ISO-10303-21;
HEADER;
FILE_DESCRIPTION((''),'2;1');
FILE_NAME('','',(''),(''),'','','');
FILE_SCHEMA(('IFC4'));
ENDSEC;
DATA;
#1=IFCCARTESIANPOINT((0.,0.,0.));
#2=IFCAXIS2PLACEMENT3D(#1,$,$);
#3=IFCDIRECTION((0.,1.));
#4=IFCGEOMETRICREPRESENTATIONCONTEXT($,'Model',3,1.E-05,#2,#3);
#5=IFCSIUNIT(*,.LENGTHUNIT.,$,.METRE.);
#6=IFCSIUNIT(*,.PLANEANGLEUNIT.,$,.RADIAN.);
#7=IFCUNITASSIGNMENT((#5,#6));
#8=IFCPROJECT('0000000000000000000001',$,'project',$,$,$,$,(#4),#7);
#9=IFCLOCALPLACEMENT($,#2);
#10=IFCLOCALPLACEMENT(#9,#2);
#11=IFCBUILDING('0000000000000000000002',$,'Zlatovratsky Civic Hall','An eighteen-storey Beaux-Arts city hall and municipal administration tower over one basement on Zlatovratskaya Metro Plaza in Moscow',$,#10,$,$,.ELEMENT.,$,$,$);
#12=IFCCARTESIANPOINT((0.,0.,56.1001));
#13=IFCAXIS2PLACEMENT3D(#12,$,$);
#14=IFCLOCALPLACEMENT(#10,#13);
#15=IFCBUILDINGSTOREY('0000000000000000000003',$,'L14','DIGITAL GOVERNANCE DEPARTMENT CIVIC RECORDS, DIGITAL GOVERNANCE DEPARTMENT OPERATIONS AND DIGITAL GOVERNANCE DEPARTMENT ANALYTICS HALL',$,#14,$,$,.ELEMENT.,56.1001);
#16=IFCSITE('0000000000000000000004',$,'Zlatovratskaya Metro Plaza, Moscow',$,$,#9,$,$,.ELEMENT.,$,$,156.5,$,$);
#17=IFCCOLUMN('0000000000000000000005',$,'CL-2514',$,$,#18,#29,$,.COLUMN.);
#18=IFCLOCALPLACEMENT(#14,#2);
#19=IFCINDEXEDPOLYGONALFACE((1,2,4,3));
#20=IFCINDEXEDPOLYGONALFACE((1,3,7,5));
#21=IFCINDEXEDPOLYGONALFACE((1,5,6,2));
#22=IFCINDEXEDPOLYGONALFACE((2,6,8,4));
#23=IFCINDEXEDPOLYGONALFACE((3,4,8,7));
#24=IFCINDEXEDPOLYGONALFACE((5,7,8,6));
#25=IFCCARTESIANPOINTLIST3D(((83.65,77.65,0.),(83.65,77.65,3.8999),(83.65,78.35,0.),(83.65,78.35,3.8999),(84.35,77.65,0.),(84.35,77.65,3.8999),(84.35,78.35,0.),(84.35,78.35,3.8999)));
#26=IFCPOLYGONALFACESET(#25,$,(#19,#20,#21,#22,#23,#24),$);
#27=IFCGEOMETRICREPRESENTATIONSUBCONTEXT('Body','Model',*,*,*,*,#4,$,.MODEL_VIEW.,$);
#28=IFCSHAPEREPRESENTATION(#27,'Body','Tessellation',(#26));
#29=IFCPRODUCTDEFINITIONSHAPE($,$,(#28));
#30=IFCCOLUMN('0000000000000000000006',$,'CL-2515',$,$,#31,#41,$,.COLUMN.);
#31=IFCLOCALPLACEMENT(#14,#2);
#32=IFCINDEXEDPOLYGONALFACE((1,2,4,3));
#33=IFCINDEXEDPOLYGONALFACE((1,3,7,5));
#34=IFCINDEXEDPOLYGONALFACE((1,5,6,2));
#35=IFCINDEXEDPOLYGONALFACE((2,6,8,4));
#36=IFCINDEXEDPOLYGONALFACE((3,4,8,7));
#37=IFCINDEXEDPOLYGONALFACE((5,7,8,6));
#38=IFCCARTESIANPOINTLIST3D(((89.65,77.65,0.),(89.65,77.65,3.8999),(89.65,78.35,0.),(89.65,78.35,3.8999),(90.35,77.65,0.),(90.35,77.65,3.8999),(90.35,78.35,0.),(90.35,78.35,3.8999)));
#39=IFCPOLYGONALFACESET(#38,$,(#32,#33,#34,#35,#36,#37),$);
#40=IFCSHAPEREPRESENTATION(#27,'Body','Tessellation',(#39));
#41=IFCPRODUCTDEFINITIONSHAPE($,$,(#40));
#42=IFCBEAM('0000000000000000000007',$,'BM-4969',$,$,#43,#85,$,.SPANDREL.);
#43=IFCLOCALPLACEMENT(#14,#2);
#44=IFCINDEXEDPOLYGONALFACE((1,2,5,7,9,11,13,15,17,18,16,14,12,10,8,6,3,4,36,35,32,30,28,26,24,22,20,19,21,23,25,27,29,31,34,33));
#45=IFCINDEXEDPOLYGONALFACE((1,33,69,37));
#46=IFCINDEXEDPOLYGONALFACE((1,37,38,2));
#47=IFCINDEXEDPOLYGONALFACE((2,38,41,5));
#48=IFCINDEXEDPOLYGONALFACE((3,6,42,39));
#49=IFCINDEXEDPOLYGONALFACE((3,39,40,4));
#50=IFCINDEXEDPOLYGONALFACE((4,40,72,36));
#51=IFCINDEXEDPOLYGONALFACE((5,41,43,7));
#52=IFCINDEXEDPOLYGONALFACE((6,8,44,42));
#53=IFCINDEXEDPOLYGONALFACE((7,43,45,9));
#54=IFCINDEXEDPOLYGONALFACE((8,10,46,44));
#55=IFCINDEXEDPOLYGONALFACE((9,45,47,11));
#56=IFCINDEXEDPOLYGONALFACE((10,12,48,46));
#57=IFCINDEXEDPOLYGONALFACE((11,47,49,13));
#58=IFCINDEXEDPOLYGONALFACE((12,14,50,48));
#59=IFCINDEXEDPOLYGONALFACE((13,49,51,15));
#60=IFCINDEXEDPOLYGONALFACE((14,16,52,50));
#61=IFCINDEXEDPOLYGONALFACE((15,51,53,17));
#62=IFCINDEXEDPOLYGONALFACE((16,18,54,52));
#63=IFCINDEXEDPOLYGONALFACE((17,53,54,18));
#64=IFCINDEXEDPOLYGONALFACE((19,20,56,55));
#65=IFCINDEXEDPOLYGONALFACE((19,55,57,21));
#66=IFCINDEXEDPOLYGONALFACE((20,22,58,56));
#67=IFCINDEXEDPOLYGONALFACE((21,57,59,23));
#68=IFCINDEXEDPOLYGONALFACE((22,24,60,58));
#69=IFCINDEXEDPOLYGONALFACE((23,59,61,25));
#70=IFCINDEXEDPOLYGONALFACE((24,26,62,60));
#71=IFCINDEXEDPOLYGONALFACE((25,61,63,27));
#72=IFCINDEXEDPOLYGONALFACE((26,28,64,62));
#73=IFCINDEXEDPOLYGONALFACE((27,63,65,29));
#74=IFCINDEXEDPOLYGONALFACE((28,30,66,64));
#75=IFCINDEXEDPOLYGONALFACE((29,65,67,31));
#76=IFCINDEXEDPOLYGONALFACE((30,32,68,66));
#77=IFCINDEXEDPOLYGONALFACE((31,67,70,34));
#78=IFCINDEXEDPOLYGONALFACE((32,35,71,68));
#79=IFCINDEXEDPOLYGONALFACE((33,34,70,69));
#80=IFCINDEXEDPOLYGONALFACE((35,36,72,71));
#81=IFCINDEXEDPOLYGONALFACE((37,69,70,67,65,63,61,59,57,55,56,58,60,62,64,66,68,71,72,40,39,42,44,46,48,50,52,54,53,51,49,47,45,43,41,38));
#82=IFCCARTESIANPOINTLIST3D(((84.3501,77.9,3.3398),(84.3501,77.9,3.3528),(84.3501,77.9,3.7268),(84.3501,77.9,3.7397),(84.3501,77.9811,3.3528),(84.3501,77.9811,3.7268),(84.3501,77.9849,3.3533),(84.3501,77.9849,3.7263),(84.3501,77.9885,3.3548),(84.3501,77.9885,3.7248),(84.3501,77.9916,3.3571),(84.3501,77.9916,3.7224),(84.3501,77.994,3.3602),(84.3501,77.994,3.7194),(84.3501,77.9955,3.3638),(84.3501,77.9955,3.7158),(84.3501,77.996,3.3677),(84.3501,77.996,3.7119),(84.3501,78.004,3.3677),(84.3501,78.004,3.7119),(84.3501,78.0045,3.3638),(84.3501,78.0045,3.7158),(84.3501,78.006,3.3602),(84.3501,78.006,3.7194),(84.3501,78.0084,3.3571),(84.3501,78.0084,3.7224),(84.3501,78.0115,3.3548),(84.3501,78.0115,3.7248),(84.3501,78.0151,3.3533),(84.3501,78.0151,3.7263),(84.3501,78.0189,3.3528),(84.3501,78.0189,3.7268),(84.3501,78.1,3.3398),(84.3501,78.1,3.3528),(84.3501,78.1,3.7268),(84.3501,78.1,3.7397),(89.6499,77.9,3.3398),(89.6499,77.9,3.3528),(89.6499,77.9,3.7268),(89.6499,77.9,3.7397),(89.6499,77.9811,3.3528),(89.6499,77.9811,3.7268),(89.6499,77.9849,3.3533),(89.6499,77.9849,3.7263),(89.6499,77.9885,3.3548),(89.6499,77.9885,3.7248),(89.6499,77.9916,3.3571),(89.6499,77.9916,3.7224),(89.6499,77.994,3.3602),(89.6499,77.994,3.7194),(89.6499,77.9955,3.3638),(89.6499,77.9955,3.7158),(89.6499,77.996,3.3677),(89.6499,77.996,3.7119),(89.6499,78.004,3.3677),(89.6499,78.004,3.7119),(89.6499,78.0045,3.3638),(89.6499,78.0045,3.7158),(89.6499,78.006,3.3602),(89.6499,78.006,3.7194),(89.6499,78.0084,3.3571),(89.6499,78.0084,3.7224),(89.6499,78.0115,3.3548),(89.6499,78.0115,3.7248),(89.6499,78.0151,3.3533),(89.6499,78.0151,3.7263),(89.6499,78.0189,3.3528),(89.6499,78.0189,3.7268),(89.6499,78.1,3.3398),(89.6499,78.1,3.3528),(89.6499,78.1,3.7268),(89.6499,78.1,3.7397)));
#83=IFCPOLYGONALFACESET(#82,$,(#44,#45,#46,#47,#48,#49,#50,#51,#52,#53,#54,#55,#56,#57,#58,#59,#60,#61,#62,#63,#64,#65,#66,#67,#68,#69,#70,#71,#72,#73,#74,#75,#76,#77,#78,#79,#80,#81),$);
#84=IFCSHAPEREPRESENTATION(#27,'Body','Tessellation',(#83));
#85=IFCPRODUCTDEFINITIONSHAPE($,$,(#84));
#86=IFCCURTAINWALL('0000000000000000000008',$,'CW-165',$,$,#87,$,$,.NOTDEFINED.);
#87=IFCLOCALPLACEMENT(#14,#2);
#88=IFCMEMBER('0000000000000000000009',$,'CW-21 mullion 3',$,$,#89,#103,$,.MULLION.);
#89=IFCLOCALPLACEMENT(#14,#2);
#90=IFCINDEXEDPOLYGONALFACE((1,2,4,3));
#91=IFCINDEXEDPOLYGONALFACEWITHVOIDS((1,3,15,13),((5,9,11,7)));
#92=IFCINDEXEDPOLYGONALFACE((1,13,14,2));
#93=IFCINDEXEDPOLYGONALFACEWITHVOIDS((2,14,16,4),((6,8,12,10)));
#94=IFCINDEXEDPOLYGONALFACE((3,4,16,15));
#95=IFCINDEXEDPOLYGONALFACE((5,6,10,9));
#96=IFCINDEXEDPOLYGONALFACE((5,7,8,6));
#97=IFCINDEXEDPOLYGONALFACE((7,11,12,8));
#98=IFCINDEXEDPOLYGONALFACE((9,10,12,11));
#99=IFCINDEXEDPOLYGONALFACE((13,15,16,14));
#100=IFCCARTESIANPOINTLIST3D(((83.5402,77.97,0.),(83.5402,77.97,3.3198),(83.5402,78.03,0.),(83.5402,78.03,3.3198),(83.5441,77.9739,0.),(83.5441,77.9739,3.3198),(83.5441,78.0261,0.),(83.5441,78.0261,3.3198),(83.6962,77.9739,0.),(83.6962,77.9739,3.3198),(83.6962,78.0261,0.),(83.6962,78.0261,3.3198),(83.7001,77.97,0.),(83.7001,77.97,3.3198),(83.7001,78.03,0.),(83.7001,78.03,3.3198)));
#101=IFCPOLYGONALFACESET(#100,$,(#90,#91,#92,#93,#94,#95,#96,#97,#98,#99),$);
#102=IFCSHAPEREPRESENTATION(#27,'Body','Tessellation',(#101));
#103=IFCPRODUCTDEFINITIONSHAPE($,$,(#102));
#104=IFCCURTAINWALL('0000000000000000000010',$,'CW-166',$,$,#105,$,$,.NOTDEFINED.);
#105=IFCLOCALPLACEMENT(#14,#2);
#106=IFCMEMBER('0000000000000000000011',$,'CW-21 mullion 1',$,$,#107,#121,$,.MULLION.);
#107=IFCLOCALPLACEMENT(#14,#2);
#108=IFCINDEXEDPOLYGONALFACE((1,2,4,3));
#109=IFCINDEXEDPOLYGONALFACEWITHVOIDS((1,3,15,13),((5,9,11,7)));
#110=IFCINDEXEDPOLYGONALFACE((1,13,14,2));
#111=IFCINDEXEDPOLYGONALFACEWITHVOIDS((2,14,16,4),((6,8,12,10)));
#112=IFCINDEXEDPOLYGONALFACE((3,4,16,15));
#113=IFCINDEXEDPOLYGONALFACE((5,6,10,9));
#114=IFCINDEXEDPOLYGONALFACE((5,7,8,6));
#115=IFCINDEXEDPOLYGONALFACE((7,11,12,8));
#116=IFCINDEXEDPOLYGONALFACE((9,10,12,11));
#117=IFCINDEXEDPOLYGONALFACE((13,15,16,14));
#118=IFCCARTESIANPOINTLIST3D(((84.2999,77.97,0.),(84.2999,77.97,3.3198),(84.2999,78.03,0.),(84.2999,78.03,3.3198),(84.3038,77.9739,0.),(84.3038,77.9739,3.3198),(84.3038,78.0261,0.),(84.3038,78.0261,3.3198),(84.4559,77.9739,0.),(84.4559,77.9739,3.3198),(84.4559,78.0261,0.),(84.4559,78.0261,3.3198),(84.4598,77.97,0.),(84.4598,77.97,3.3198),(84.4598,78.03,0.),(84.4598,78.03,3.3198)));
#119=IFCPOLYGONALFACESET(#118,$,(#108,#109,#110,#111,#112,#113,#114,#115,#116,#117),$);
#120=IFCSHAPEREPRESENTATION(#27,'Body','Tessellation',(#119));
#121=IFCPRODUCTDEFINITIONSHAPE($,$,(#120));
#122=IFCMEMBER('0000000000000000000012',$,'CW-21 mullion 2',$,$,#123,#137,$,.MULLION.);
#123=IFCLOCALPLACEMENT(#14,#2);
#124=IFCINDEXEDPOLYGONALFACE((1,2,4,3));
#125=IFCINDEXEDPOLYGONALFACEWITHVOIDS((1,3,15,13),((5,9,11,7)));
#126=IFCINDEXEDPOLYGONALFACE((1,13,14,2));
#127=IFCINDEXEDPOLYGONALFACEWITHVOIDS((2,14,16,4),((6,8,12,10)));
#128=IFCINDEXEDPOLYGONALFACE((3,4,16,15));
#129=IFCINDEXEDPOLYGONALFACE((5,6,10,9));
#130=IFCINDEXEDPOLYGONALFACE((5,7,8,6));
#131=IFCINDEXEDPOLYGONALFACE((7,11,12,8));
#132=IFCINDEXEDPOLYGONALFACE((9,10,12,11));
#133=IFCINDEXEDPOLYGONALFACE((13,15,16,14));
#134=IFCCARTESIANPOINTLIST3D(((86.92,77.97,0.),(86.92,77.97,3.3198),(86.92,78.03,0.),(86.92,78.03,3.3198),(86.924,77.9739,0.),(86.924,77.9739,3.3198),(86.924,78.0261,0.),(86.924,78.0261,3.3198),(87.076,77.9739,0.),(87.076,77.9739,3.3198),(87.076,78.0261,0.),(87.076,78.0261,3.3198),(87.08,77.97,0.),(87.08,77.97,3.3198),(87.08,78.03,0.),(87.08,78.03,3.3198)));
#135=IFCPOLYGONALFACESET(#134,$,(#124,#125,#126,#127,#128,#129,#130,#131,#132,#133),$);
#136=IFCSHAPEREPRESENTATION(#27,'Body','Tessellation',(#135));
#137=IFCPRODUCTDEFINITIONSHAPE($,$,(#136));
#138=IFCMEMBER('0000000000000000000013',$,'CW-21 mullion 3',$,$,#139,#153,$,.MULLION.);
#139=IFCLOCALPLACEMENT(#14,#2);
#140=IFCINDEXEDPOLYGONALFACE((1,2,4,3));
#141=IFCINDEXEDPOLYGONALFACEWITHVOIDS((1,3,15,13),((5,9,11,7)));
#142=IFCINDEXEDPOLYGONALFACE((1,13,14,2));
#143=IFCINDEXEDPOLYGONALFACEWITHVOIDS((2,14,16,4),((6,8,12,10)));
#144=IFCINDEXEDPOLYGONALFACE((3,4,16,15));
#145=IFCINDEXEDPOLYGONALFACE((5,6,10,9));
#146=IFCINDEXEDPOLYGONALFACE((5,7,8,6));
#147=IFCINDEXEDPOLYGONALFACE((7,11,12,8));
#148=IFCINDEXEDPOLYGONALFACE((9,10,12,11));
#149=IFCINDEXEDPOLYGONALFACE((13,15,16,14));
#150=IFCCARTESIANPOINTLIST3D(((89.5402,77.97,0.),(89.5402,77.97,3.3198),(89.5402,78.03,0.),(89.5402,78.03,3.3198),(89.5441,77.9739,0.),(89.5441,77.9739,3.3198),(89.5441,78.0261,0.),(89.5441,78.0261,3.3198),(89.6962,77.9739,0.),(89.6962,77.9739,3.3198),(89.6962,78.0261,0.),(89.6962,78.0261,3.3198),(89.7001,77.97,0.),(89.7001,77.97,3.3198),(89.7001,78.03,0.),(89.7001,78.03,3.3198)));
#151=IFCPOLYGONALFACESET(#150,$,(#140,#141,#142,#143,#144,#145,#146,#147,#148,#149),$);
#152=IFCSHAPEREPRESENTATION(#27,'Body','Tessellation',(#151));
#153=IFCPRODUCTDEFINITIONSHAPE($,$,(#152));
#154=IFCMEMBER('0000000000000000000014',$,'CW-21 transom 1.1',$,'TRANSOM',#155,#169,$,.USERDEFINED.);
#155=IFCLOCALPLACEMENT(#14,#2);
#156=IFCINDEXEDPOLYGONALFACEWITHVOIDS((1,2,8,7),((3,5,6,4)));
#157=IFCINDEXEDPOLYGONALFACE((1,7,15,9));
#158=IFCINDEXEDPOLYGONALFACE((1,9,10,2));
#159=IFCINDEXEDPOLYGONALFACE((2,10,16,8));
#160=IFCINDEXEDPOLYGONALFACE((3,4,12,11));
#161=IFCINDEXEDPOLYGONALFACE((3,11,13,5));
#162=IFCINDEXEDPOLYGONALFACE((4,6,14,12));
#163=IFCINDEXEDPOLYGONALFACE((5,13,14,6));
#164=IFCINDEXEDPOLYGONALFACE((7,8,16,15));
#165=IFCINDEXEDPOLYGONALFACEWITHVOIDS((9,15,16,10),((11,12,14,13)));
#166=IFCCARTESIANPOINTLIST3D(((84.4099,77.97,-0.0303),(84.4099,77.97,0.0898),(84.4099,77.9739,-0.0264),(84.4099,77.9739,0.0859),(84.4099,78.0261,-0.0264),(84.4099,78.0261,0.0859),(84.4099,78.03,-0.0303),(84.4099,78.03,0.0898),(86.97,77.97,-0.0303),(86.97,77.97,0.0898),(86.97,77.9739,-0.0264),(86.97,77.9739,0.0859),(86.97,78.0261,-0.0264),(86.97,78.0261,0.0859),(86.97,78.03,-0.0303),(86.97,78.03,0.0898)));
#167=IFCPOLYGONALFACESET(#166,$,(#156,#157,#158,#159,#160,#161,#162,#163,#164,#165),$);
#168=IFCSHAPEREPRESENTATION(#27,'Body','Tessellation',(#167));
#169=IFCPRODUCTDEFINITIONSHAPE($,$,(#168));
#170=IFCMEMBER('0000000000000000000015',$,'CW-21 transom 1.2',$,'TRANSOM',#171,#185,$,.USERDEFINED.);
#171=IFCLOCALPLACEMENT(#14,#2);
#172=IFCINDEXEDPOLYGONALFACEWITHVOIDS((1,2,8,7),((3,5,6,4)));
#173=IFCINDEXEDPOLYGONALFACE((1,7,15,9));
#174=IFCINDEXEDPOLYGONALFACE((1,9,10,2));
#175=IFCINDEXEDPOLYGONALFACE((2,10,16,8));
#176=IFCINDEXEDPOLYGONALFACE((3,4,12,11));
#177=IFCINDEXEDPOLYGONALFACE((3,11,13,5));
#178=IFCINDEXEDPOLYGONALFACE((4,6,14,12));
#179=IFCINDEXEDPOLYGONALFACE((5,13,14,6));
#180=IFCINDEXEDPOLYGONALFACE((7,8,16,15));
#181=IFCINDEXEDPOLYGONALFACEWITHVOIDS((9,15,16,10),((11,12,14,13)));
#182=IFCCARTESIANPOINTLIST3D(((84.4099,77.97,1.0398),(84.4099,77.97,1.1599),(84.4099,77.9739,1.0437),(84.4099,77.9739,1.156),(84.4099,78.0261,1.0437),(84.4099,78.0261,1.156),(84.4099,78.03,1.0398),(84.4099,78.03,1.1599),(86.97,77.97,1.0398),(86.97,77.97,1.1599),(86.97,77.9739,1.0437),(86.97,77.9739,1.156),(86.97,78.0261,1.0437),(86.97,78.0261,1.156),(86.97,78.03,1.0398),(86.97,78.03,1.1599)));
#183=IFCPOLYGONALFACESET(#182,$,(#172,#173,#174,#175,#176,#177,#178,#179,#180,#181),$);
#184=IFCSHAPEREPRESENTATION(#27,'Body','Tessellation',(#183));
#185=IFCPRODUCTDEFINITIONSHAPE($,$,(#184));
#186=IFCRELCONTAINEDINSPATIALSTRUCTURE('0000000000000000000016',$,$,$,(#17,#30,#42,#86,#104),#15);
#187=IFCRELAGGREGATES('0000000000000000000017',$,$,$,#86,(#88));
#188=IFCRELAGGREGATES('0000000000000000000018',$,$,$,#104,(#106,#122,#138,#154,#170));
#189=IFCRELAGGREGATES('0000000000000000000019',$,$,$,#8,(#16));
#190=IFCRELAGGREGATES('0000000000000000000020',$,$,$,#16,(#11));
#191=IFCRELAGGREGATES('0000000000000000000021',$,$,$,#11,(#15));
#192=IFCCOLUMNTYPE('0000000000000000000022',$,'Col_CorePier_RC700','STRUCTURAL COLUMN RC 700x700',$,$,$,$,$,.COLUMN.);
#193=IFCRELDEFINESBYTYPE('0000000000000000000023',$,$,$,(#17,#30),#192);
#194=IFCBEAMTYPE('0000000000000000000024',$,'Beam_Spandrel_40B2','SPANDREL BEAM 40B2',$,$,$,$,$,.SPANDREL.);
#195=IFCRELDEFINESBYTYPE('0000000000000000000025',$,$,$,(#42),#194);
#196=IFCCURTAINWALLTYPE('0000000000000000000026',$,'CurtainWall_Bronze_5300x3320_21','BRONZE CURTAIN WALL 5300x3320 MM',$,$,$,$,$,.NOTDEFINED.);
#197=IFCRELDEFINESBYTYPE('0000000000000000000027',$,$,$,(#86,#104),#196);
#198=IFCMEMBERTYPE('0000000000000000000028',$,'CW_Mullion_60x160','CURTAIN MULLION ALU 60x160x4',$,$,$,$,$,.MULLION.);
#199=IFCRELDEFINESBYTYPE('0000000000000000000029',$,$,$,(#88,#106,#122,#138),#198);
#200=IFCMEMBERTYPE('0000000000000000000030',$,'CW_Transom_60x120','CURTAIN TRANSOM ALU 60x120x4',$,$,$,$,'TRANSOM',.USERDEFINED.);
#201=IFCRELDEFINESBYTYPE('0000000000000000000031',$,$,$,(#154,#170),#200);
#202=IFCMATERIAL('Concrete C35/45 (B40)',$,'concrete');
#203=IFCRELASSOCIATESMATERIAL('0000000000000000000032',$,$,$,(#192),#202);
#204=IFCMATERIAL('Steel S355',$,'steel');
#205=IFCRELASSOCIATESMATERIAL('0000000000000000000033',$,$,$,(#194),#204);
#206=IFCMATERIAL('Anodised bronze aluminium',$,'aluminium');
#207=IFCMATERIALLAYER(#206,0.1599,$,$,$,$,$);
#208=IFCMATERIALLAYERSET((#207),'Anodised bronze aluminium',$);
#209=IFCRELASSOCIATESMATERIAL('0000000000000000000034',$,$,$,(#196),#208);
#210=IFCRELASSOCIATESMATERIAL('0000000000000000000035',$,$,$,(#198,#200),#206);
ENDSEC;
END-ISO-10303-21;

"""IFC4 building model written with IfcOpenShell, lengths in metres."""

from ifc_helpers import new_model, si_unit, direction, frame, origin, origin_2d, place, context, subcontext, project, spatial, rectangle, hollow_rectangle, i_section, extrude, material, layer, layer_set, material_profile, profile_set, type_object, element, aggregate, save


model = new_model("IFC4")

# Units and contexts
model_context = context("Model", 3, precision=1e-05, world=origin(), true_north=direction((0.0, 1.0)))
body_context = subcontext(model_context, "Body", "Model", "MODEL_VIEW")
ifc_project = project(units=[si_unit("LENGTHUNIT", "METRE"), si_unit("PLANEANGLEUNIT", "RADIAN")], contexts=[model_context])

# Site, building, storey
site_placement = place(None, origin())
site = spatial("IfcSite", under=ifc_project, at=site_placement, Name="Zlatovratskaya Metro Plaza, Moscow", CompositionType="ELEMENT", RefElevation=156.5)
building_placement = place(site_placement, origin())
building = spatial("IfcBuilding", under=site, at=building_placement, Name="Zlatovratsky Civic Hall", Description="An eighteen-storey Beaux-Arts city hall and municipal administration tower over one basement on Zlatovratskaya Metro Plaza in Moscow", CompositionType="ELEMENT")
storey_placement = place(building_placement, frame((0.0, 0.0, 56.1001)))
storey = spatial("IfcBuildingStorey", under=building, at=storey_placement, Name="L14", Description="DIGITAL GOVERNANCE DEPARTMENT CIVIC RECORDS, DIGITAL GOVERNANCE DEPARTMENT OPERATIONS AND DIGITAL GOVERNANCE DEPARTMENT ANALYTICS HALL", CompositionType="ELEMENT", Elevation=56.1001)

# Columns
ifc_material_1 = material(Name="Concrete C35/45 (B40)", Category="concrete")
ifc_material_profile_1 = material_profile(ifc_material_1, rectangle(XDim=0.7, YDim=0.7, at=origin_2d()), Name="RC 700x700")
ifc_profile_set_1 = profile_set([ifc_material_profile_1], Name="Concrete C35/45 (B40)")
column_type = type_object("IfcColumnType", Name="Col_CorePier_RC700", Description="STRUCTURAL COLUMN RC 700x700", PredefinedType="COLUMN", material=ifc_profile_set_1)
for number, where, z_axis, x_axis, name in (
    (1, (84.0, 78.0, 0.0), (0.0, 0.0, 1.0), (1.0, 0.0, 0.0), "CL-2514"),
    (2, (90.0, 78.0, 0.0), (0.0, 0.0, 1.0), (1.0, 0.0, 0.0), "CL-2515"),
):
    element("IfcColumn", number, at=place(storey_placement, frame(where, z_axis=z_axis, x_axis=x_axis)), inside=storey, type_object=column_type, Name=name, PredefinedType="COLUMN", context=body_context, shape_type="SweptSolid", body=[
        extrude(rectangle(XDim=0.7, YDim=0.7, at=origin_2d()), origin(), (0.0, 0.0, 1.0), 3.8999),
    ])

# Beam
ifc_material_2 = material(Name="Steel S355", Category="steel")
ifc_material_profile_2 = material_profile(ifc_material_2, i_section(OverallWidth=0.2, OverallDepth=0.3999, WebThickness=0.0081, FlangeThickness=0.0129, FilletRadius=0.0149, at=origin_2d()), Name="40B2")
ifc_profile_set_2 = profile_set([ifc_material_profile_2], Name="Steel S355")
beam_type = type_object("IfcBeamType", Name="Beam_Spandrel_40B2", Description="SPANDREL BEAM 40B2", PredefinedType="SPANDREL", material=ifc_profile_set_2)
beam_placement = place(storey_placement, frame((84.3501, 78.0, 3.5398), z_axis=(1.0, 0.0, 0.0), x_axis=(0.0, 1.0, 0.0)))
element("IfcBeam", 3, at=beam_placement, inside=storey, type_object=beam_type, Name="BM-4969", PredefinedType="SPANDREL", context=body_context, shape_type="SweptSolid", body=[
    extrude(i_section(OverallWidth=0.2, OverallDepth=0.3999, WebThickness=0.0081, FlangeThickness=0.0129, FilletRadius=0.0149, at=origin_2d()), origin(), (0.0, 0.0, 1.0), 5.2998),
])

# Curtain wall, member
ifc_material_3 = material(Name="Anodised bronze aluminium", Category="aluminium")
ifc_layer_1 = layer(ifc_material_3, 0.1599)
ifc_layer_set_1 = layer_set([ifc_layer_1], Name="Anodised bronze aluminium")
curtain_wall_type = type_object("IfcCurtainWallType", Name="CurtainWall_Bronze_5300x3320_21", Description="BRONZE CURTAIN WALL 5300x3320 MM", PredefinedType="NOTDEFINED", material=ifc_layer_set_1)
curtain_wall_1_placement = place(storey_placement, origin())
curtain_wall_1 = element("IfcCurtainWall", 4, at=curtain_wall_1_placement, inside=storey, type_object=curtain_wall_type, Name="CW-165", PredefinedType="NOTDEFINED")
ifc_material_profile_3 = material_profile(ifc_material_3, hollow_rectangle(XDim=0.0601, YDim=0.1599, WallThickness=0.0039, at=origin_2d()), Name="ALU 60x160x4")
ifc_profile_set_3 = profile_set([ifc_material_profile_3], Name="Anodised bronze aluminium")
member_type_1 = type_object("IfcMemberType", Name="CW_Mullion_60x160", Description="CURTAIN MULLION ALU 60x160x4", PredefinedType="MULLION", material=ifc_profile_set_3)
member_1_placement = place(storey_placement, frame((83.6201, 78.0, 0.0), z_axis=(0.0, 0.0, 1.0), x_axis=(0.0, 1.0, 0.0)))
member_1 = element("IfcMember", 5, at=member_1_placement, type_object=member_type_1, Name="CW-21 mullion 3", PredefinedType="MULLION", context=body_context, shape_type="SweptSolid", body=[
    extrude(hollow_rectangle(XDim=0.0601, YDim=0.1599, WallThickness=0.0039, at=origin_2d()), origin(), (0.0, 0.0, 1.0), 3.3198),
])

# Curtain wall, members
curtain_wall_2_placement = place(storey_placement, origin())
curtain_wall_2 = element("IfcCurtainWall", 6, at=curtain_wall_2_placement, inside=storey, type_object=curtain_wall_type, Name="CW-166", PredefinedType="NOTDEFINED")
member_2_placement = place(storey_placement, frame((84.3799, 78.0, 0.0), z_axis=(0.0, 0.0, 1.0), x_axis=(0.0, 1.0, 0.0)))
member_2 = element("IfcMember", 7, at=member_2_placement, type_object=member_type_1, Name="CW-21 mullion 1", PredefinedType="MULLION", context=body_context, shape_type="SweptSolid", body=[
    extrude(hollow_rectangle(XDim=0.0601, YDim=0.1599, WallThickness=0.0039, at=origin_2d()), origin(), (0.0, 0.0, 1.0), 3.3198),
])
member_3_placement = place(storey_placement, frame((87.0, 78.0, 0.0), z_axis=(0.0, 0.0, 1.0), x_axis=(0.0, 1.0, 0.0)))
member_3 = element("IfcMember", 8, at=member_3_placement, type_object=member_type_1, Name="CW-21 mullion 2", PredefinedType="MULLION", context=body_context, shape_type="SweptSolid", body=[
    extrude(hollow_rectangle(XDim=0.0601, YDim=0.1599, WallThickness=0.0039, at=origin_2d()), origin(), (0.0, 0.0, 1.0), 3.3198),
])
member_4_placement = place(storey_placement, frame((89.6201, 78.0, 0.0), z_axis=(0.0, 0.0, 1.0), x_axis=(0.0, 1.0, 0.0)))
member_4 = element("IfcMember", 9, at=member_4_placement, type_object=member_type_1, Name="CW-21 mullion 3", PredefinedType="MULLION", context=body_context, shape_type="SweptSolid", body=[
    extrude(hollow_rectangle(XDim=0.0601, YDim=0.1599, WallThickness=0.0039, at=origin_2d()), origin(), (0.0, 0.0, 1.0), 3.3198),
])
ifc_material_profile_4 = material_profile(ifc_material_3, hollow_rectangle(XDim=0.0601, YDim=0.1201, WallThickness=0.0039, at=origin_2d()), Name="ALU 60x120x4")
ifc_profile_set_4 = profile_set([ifc_material_profile_4], Name="Anodised bronze aluminium")
member_type_2 = type_object("IfcMemberType", Name="CW_Transom_60x120", Description="CURTAIN TRANSOM ALU 60x120x4", ElementType="TRANSOM", PredefinedType="USERDEFINED", material=ifc_profile_set_4)
member_5_placement = place(storey_placement, frame((84.4099, 78.0, 0.0298), z_axis=(1.0, 0.0, 0.0), x_axis=(0.0, 1.0, 0.0)))
member_5 = element("IfcMember", 10, at=member_5_placement, type_object=member_type_2, Name="CW-21 transom 1.1", ObjectType="TRANSOM", PredefinedType="USERDEFINED", context=body_context, shape_type="SweptSolid", body=[
    extrude(hollow_rectangle(XDim=0.0601, YDim=0.1201, WallThickness=0.0039, at=origin_2d()), origin(), (0.0, 0.0, 1.0), 2.5601),
])
member_6_placement = place(storey_placement, frame((84.4099, 78.0, 1.0999), z_axis=(1.0, 0.0, 0.0), x_axis=(0.0, 1.0, 0.0)))
member_6 = element("IfcMember", 11, at=member_6_placement, type_object=member_type_2, Name="CW-21 transom 1.2", ObjectType="TRANSOM", PredefinedType="USERDEFINED", context=body_context, shape_type="SweptSolid", body=[
    extrude(hollow_rectangle(XDim=0.0601, YDim=0.1201, WallThickness=0.0039, at=origin_2d()), origin(), (0.0, 0.0, 1.0), 2.5601),
])

aggregate(curtain_wall_1, [member_1])
aggregate(curtain_wall_2, [member_2, member_3, member_4, member_5, member_6])

save(model, "model.ifc")
